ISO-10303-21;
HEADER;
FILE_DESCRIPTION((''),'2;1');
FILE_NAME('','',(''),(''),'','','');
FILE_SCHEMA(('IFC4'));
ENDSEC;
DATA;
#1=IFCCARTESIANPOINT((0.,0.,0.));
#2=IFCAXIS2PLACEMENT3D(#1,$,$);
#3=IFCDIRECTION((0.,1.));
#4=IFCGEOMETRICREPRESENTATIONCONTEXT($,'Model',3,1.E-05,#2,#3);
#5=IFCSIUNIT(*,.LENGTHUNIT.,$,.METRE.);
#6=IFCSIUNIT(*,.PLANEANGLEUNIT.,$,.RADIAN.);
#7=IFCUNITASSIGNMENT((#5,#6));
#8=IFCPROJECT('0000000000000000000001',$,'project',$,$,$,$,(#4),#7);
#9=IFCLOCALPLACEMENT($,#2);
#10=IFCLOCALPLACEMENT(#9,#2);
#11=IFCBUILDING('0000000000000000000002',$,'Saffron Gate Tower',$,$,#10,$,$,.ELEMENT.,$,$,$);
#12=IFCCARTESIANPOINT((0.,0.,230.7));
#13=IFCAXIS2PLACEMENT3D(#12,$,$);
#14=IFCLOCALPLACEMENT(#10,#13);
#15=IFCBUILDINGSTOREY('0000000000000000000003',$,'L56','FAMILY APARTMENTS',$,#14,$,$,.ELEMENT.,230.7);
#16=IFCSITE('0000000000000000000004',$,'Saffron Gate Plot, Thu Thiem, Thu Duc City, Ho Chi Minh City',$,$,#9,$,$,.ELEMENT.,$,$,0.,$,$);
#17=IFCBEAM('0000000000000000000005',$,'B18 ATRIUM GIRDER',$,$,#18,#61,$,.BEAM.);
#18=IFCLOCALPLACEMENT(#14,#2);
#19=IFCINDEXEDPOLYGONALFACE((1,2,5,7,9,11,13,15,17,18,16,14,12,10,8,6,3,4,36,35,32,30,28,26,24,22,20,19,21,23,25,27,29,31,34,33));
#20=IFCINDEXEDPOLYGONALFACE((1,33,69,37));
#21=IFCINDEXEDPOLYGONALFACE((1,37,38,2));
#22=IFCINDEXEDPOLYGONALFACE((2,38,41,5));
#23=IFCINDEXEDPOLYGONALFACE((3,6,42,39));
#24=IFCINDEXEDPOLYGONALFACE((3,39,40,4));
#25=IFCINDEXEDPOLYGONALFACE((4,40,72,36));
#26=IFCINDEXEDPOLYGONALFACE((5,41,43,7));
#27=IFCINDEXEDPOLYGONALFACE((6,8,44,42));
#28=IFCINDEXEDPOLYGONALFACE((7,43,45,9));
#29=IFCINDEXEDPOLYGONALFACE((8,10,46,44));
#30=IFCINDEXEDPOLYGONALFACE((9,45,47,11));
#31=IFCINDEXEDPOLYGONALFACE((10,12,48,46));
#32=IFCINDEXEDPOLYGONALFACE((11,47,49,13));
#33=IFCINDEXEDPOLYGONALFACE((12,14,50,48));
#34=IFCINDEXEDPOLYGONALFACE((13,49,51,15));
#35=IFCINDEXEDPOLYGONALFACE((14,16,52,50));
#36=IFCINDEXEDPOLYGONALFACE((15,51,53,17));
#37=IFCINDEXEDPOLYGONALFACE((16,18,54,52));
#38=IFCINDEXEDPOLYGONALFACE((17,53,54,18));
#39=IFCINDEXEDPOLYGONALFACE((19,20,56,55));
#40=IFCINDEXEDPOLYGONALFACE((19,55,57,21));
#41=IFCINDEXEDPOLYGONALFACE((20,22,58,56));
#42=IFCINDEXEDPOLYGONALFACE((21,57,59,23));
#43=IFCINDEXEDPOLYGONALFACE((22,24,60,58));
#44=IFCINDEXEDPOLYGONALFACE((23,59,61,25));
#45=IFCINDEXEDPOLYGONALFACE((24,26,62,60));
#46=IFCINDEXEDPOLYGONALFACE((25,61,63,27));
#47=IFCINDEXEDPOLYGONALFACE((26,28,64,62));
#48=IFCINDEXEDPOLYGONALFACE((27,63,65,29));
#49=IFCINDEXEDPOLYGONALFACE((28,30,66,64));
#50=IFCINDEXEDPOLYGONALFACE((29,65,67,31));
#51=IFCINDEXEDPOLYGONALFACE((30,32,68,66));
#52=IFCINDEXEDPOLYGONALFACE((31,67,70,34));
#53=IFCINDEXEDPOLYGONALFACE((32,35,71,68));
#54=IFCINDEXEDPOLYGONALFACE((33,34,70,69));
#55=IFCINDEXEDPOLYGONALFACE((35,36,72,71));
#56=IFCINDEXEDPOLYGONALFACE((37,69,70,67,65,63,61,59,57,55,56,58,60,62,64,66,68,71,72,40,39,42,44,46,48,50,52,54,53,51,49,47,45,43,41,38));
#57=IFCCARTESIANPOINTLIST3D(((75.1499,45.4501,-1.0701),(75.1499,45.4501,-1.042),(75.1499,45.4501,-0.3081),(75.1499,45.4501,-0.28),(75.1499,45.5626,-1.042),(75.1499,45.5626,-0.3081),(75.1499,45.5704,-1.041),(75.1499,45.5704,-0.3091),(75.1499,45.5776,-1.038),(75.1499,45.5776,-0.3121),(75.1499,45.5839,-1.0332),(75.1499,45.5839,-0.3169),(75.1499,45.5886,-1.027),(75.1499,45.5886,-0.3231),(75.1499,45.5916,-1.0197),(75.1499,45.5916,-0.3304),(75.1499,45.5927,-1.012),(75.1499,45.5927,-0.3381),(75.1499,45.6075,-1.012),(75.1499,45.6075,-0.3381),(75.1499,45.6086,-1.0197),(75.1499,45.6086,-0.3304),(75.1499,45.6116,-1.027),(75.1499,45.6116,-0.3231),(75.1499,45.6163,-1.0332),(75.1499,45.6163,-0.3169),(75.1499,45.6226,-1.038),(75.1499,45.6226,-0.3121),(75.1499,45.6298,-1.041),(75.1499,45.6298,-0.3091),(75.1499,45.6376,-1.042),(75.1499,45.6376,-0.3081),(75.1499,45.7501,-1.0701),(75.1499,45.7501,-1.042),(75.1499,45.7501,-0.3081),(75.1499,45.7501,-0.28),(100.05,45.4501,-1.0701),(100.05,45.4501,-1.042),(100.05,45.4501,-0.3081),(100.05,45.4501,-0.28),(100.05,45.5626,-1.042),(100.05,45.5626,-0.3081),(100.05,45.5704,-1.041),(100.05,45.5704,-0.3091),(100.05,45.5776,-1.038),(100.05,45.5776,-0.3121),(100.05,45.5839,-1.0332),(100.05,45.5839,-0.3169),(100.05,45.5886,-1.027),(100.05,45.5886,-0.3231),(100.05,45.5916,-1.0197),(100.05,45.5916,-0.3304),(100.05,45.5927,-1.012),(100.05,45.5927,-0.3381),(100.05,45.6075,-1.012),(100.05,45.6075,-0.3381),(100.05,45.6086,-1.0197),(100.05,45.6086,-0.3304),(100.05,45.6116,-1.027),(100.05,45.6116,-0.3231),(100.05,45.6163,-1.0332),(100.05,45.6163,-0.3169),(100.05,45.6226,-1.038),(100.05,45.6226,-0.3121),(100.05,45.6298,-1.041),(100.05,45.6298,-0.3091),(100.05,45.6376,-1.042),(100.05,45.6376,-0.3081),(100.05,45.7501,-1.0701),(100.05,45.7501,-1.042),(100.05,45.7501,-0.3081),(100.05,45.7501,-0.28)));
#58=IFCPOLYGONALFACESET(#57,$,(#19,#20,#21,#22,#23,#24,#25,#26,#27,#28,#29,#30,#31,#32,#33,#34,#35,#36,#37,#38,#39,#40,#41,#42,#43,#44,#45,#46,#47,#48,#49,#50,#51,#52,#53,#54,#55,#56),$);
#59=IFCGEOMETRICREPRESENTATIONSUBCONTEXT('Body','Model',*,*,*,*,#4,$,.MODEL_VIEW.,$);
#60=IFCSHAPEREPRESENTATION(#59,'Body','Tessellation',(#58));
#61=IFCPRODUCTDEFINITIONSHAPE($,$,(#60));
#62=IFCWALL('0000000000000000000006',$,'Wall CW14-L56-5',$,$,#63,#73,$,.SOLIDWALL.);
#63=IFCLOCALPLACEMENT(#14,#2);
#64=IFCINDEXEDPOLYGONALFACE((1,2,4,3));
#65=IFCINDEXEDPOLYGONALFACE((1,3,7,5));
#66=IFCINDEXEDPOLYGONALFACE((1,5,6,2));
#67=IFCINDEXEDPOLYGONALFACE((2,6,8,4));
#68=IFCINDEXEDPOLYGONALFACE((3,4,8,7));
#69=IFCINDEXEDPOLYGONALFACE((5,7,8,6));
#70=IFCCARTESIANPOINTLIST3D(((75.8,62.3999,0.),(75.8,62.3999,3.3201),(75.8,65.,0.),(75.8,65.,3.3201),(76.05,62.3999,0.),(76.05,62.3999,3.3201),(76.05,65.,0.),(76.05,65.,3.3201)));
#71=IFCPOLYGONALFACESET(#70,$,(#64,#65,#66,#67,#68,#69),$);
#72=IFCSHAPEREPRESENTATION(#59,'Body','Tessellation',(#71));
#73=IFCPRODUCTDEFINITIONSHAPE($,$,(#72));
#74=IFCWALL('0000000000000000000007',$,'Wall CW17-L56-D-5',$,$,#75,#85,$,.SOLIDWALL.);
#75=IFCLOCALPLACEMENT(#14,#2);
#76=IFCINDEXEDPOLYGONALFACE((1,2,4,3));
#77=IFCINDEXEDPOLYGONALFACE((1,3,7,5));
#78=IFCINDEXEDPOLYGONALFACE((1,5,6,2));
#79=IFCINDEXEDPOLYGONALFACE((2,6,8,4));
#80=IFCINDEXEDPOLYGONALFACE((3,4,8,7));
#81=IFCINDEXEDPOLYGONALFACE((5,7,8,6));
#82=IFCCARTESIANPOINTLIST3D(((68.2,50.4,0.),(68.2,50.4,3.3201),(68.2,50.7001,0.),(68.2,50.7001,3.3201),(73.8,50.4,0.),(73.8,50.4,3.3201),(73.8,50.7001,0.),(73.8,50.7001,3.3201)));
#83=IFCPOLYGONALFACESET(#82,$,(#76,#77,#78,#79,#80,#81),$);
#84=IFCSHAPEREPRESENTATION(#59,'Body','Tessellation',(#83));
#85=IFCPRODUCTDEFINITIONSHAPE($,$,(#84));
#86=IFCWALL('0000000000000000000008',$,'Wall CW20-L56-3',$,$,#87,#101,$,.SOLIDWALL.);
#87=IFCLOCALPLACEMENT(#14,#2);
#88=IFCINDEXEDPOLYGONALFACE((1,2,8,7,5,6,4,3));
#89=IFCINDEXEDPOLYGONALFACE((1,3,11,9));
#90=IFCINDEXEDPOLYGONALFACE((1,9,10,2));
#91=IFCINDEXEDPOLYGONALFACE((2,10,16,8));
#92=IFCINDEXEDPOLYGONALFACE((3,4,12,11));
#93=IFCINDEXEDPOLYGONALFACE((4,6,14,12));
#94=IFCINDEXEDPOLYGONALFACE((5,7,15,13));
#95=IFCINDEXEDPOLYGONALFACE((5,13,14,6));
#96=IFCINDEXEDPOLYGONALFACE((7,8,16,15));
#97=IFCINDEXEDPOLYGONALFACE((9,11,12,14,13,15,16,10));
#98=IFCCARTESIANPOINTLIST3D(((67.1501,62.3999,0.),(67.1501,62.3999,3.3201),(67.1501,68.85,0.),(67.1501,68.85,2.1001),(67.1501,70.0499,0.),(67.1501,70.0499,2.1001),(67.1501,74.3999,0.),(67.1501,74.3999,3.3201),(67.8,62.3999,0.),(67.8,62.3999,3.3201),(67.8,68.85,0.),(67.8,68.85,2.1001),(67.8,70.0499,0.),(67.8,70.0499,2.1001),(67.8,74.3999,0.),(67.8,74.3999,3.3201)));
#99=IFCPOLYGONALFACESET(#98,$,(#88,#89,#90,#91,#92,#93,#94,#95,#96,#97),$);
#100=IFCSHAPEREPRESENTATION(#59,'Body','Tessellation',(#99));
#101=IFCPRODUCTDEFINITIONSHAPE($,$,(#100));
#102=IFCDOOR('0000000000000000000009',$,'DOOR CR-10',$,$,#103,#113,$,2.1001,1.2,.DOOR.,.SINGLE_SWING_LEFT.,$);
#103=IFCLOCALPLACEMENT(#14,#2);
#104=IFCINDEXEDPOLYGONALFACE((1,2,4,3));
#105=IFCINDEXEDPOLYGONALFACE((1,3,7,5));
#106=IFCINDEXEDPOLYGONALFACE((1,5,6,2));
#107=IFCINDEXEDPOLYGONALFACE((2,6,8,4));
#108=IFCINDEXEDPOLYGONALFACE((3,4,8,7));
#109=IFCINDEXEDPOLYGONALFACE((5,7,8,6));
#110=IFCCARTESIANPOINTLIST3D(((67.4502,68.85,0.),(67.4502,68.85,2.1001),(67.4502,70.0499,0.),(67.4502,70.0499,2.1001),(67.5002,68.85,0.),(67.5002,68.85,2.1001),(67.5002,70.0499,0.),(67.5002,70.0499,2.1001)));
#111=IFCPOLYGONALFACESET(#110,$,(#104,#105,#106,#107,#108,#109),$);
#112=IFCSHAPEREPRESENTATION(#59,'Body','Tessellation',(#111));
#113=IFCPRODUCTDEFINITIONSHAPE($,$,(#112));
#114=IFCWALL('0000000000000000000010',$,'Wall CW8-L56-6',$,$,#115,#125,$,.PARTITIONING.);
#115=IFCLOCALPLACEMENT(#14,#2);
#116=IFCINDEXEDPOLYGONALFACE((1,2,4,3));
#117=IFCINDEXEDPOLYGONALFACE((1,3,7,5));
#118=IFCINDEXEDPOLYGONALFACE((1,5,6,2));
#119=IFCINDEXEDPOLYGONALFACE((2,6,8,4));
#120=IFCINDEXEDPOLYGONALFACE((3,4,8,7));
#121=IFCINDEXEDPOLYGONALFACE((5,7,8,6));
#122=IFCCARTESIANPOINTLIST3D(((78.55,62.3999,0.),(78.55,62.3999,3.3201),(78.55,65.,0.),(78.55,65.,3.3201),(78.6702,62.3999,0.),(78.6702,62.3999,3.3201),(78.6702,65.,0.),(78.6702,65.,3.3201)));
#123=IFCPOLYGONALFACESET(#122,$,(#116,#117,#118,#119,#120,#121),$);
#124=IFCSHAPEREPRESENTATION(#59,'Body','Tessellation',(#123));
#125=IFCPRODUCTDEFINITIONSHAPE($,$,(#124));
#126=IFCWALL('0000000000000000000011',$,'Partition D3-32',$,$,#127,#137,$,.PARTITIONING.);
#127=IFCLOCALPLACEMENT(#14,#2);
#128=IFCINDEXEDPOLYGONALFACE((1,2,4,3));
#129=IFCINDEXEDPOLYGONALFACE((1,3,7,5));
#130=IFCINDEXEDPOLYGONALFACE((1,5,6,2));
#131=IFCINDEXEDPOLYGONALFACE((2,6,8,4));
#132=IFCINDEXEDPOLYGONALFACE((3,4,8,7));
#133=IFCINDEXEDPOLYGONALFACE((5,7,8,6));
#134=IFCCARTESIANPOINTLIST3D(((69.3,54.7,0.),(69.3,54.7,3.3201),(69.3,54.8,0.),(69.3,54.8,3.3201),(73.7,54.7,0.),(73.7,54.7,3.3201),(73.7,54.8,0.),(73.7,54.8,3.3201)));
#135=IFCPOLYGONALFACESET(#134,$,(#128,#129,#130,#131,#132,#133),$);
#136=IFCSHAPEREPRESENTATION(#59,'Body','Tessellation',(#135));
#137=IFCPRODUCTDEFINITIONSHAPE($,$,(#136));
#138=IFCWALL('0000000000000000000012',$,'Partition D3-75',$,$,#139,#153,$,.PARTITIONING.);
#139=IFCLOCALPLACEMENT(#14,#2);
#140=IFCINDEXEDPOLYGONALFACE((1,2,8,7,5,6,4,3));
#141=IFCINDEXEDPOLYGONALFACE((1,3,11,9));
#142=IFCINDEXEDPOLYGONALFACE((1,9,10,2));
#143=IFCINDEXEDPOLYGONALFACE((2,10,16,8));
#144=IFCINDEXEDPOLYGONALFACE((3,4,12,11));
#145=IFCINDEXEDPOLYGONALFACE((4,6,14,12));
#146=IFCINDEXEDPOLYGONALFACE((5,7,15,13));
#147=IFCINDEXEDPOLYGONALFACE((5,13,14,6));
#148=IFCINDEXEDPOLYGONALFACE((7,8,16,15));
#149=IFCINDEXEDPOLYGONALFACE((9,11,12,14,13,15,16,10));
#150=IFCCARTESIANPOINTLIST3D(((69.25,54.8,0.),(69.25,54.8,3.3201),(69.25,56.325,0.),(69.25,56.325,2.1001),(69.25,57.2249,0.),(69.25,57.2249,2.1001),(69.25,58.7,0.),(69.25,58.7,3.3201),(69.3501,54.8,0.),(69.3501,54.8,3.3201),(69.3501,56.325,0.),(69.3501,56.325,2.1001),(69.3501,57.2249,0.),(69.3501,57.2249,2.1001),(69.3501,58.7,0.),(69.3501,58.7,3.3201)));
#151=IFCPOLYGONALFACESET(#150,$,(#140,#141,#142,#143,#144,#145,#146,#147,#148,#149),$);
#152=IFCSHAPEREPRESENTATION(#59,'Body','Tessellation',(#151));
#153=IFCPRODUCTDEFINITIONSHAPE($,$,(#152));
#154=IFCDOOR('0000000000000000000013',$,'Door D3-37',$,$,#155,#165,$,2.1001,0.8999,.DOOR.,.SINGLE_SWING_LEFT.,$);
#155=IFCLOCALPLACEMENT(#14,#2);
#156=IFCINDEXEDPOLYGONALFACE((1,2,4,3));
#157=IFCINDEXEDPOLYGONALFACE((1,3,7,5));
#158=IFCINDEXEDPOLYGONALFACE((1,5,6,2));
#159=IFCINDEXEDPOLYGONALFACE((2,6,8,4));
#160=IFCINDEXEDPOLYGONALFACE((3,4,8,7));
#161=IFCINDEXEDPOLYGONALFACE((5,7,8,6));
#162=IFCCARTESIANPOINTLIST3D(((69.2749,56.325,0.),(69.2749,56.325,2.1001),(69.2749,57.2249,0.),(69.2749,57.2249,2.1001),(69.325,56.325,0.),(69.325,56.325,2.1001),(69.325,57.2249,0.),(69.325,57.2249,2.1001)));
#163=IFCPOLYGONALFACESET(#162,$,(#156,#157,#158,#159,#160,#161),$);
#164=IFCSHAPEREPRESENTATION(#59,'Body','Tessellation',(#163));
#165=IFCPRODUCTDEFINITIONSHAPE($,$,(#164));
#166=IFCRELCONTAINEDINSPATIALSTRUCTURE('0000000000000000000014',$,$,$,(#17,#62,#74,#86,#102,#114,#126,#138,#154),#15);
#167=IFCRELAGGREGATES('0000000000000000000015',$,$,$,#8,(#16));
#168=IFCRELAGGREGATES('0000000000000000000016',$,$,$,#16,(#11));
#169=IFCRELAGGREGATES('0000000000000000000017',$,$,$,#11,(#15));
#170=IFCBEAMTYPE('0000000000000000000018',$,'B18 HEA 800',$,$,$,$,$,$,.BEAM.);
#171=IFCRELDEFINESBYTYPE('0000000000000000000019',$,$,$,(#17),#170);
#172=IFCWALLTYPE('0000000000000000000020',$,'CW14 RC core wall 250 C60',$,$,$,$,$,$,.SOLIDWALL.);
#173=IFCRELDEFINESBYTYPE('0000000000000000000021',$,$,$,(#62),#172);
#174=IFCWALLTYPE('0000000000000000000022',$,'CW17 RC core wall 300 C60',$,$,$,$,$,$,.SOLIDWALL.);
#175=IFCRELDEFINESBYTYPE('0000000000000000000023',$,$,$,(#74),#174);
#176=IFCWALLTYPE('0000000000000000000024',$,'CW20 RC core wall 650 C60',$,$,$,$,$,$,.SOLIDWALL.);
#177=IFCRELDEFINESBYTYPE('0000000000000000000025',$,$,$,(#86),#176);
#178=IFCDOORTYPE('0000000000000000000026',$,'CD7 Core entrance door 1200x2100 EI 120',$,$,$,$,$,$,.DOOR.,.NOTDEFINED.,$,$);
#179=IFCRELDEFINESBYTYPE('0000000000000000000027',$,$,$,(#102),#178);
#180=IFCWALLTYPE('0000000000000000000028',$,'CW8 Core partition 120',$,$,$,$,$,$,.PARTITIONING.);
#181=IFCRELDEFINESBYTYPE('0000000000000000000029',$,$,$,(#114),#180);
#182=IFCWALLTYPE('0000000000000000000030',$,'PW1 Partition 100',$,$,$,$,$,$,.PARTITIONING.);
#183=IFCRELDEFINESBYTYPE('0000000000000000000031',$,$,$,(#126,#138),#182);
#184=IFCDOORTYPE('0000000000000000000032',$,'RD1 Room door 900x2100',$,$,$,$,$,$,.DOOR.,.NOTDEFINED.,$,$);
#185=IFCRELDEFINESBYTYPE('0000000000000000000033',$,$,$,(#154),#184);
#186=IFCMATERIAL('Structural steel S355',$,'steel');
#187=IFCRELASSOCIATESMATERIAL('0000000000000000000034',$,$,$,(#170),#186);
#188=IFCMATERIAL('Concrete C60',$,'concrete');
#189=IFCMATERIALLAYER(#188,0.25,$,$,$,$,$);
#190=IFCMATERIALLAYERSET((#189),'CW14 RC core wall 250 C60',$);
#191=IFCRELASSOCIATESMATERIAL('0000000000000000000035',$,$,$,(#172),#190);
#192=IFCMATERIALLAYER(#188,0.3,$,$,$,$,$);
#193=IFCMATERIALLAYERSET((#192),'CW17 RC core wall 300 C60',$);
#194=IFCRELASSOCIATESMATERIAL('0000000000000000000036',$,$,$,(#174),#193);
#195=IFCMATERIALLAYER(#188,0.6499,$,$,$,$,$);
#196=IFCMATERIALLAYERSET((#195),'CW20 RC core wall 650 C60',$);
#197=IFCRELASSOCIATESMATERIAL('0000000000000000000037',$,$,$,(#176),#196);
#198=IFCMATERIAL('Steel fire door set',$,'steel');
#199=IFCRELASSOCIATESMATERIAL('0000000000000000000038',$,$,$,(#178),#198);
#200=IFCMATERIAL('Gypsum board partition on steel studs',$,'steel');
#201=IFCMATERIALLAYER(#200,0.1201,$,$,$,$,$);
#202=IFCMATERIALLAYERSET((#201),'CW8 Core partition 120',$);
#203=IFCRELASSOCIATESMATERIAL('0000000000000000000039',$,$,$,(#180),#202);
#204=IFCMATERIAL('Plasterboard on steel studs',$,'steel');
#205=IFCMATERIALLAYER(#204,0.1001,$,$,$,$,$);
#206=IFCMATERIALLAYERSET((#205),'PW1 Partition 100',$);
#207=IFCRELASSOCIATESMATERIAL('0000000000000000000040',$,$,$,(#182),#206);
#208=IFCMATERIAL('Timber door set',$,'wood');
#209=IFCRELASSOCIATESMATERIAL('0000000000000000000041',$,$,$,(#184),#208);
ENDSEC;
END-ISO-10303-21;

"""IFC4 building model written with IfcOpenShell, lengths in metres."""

from ifc_helpers import new_model, si_unit, direction, frame, frame_2d, origin, origin_2d, place, context, subcontext, project, spatial, rectangle, i_section, extrude, material, layer, layer_set, material_profile, profile_set, type_object, element, fill, save


model = new_model("IFC4")

# Units and contexts
model_context = context("Model", 3, precision=1e-05, world=origin(), true_north=direction((0.0, 1.0)))
body_context = subcontext(model_context, "Body", "Model", "MODEL_VIEW")
ifc_project = project(units=[si_unit("LENGTHUNIT", "METRE"), si_unit("PLANEANGLEUNIT", "RADIAN")], contexts=[model_context])

# Site, building, storey
site_placement = place(None, origin())
site = spatial("IfcSite", under=ifc_project, at=site_placement, Name="Saffron Gate Plot, Thu Thiem, Thu Duc City, Ho Chi Minh City", CompositionType="ELEMENT", RefElevation=0.0)
building_placement = place(site_placement, origin())
building = spatial("IfcBuilding", under=site, at=building_placement, Name="Saffron Gate Tower", CompositionType="ELEMENT")
storey_placement = place(building_placement, frame((0.0, 0.0, 230.7)))
storey = spatial("IfcBuildingStorey", under=building, at=storey_placement, Name="L56", Description="FAMILY APARTMENTS", CompositionType="ELEMENT", Elevation=230.7)

# Beam
ifc_material_1 = material(Name="Structural steel S355", Category="steel")
ifc_material_profile = material_profile(ifc_material_1, i_section(OverallWidth=0.3, OverallDepth=0.79, WebThickness=0.0149, FlangeThickness=0.0281, FilletRadius=0.03, at=origin_2d()))
ifc_profile_set = profile_set([ifc_material_profile], Name="Structural steel S355")
beam_type = type_object("IfcBeamType", Name="B18 HEA 800", PredefinedType="BEAM", material=ifc_profile_set)
beam_placement = place(storey_placement, frame((75.1499, 45.6001, -0.675), z_axis=(1.0, 0.0, 0.0), x_axis=(0.0, 1.0, 0.0)))
element("IfcBeam", 1, at=beam_placement, inside=storey, type_object=beam_type, Name="B18 ATRIUM GIRDER", PredefinedType="BEAM", context=body_context, shape_type="SweptSolid", body=[
    extrude(i_section(OverallWidth=0.3, OverallDepth=0.79, WebThickness=0.0149, FlangeThickness=0.0281, FilletRadius=0.03, at=origin_2d()), origin(), (0.0, 0.0, 1.0), 24.9001),
])

# Walls
ifc_material_2 = material(Name="Concrete C60", Category="concrete")
ifc_layer_1 = layer(ifc_material_2, 0.25)
ifc_layer_set_1 = layer_set([ifc_layer_1], Name="CW14 RC core wall 250 C60")
wall_type_1 = type_object("IfcWallType", Name="CW14 RC core wall 250 C60", PredefinedType="SOLIDWALL", material=ifc_layer_set_1)
wall_1_placement = place(storey_placement, frame((75.925, 62.3999, 0.0), z_axis=(0.0, 0.0, 1.0), x_axis=(0.0, 1.0, 0.0)))
element("IfcWall", 2, at=wall_1_placement, inside=storey, type_object=wall_type_1, Name="Wall CW14-L56-5", PredefinedType="SOLIDWALL", context=body_context, shape_type="SweptSolid", body=[
    extrude(rectangle(XDim=2.6001, YDim=0.25, at=frame_2d((1.3, 0.0))), origin(), (0.0, 0.0, 1.0), 3.3201),
])
ifc_layer_2 = layer(ifc_material_2, 0.3)
ifc_layer_set_2 = layer_set([ifc_layer_2], Name="CW17 RC core wall 300 C60")
wall_type_2 = type_object("IfcWallType", Name="CW17 RC core wall 300 C60", PredefinedType="SOLIDWALL", material=ifc_layer_set_2)
wall_2_placement = place(storey_placement, frame((68.2, 50.55, 0.0), z_axis=(0.0, 0.0, 1.0), x_axis=(1.0, 0.0, 0.0)))
element("IfcWall", 3, at=wall_2_placement, inside=storey, type_object=wall_type_2, Name="Wall CW17-L56-D-5", PredefinedType="SOLIDWALL", context=body_context, shape_type="SweptSolid", body=[
    extrude(rectangle(XDim=5.6001, YDim=0.3, at=frame_2d((2.8, 0.0))), origin(), (0.0, 0.0, 1.0), 3.3201),
])

# Wall, opening, door
ifc_layer_3 = layer(ifc_material_2, 0.6499)
ifc_layer_set_3 = layer_set([ifc_layer_3], Name="CW20 RC core wall 650 C60")
wall_type_3 = type_object("IfcWallType", Name="CW20 RC core wall 650 C60", PredefinedType="SOLIDWALL", material=ifc_layer_set_3)
wall_3_placement = place(storey_placement, frame((67.4751, 62.3999, 0.0), z_axis=(0.0, 0.0, 1.0), x_axis=(0.0, 1.0, 0.0)))
wall_3 = element("IfcWall", 4, at=wall_3_placement, inside=storey, type_object=wall_type_3, Name="Wall CW20-L56-3", PredefinedType="SOLIDWALL", context=body_context, shape_type="SweptSolid", body=[
    extrude(rectangle(XDim=12.0, YDim=0.6499, at=frame_2d((6.0, 0.0))), origin(), (0.0, 0.0, 1.0), 3.3201),
])
opening_1_placement = place(wall_3_placement, frame((6.45, 0.0, 0.0)))
opening_1 = element("IfcOpeningElement", 5, at=opening_1_placement, cuts=wall_3, PredefinedType="OPENING", context=body_context, shape_type="SweptSolid", body=[
    extrude(rectangle(XDim=1.2, YDim=2.1001, at=frame_2d((0.6001, 1.05))), frame((0.0, 0.335, 0.0), z_axis=(0.0, -1.0, 0.0), x_axis=(1.0, 0.0, 0.0)), (0.0, 0.0, 1.0), 0.6699),
])
ifc_material_3 = material(Name="Steel fire door set", Category="steel")
door_type_1 = type_object("IfcDoorType", Name="CD7 Core entrance door 1200x2100 EI 120", OperationType="NOTDEFINED", PredefinedType="DOOR", material=ifc_material_3)
door_1_placement = place(opening_1_placement, origin())
door_1 = element("IfcDoor", 6, at=door_1_placement, inside=storey, type_object=door_type_1, Name="DOOR CR-10", OperationType="SINGLE_SWING_LEFT", OverallHeight=2.1001, OverallWidth=1.2, PredefinedType="DOOR", context=body_context, shape_type="SweptSolid", body=[
    extrude(rectangle(XDim=1.2, YDim=2.1001, at=frame_2d((0.6001, 1.05))), frame((0.0, 0.0249, 0.0), z_axis=(0.0, -1.0, 0.0), x_axis=(1.0, 0.0, 0.0)), (0.0, 0.0, 1.0), 0.05),
])
fill(opening_1, door_1)

# Walls
ifc_material_4 = material(Name="Gypsum board partition on steel studs", Category="steel")
ifc_layer_4 = layer(ifc_material_4, 0.1201)
ifc_layer_set_4 = layer_set([ifc_layer_4], Name="CW8 Core partition 120")
wall_type_4 = type_object("IfcWallType", Name="CW8 Core partition 120", PredefinedType="PARTITIONING", material=ifc_layer_set_4)
wall_4_placement = place(storey_placement, frame((78.6101, 62.3999, 0.0), z_axis=(0.0, 0.0, 1.0), x_axis=(0.0, 1.0, 0.0)))
element("IfcWall", 7, at=wall_4_placement, inside=storey, type_object=wall_type_4, Name="Wall CW8-L56-6", PredefinedType="PARTITIONING", context=body_context, shape_type="SweptSolid", body=[
    extrude(rectangle(XDim=2.6001, YDim=0.1201, at=frame_2d((1.3, 0.0))), origin(), (0.0, 0.0, 1.0), 3.3201),
])
ifc_material_5 = material(Name="Plasterboard on steel studs", Category="steel")
ifc_layer_5 = layer(ifc_material_5, 0.1001)
ifc_layer_set_5 = layer_set([ifc_layer_5], Name="PW1 Partition 100")
wall_type_5 = type_object("IfcWallType", Name="PW1 Partition 100", PredefinedType="PARTITIONING", material=ifc_layer_set_5)
wall_5_placement = place(storey_placement, frame((69.3, 54.75, 0.0), z_axis=(0.0, 0.0, 1.0), x_axis=(1.0, 0.0, 0.0)))
element("IfcWall", 8, at=wall_5_placement, inside=storey, type_object=wall_type_5, Name="Partition D3-32", PredefinedType="PARTITIONING", context=body_context, shape_type="SweptSolid", body=[
    extrude(rectangle(XDim=4.3999, YDim=0.1001, at=frame_2d((2.2, 0.0))), origin(), (0.0, 0.0, 1.0), 3.3201),
])

# Wall, opening, door
wall_6_placement = place(storey_placement, frame((69.3, 58.7, 0.0), z_axis=(0.0, 0.0, 1.0), x_axis=(0.0, -1.0, 0.0)))
wall_6 = element("IfcWall", 9, at=wall_6_placement, inside=storey, type_object=wall_type_5, Name="Partition D3-75", PredefinedType="PARTITIONING", context=body_context, shape_type="SweptSolid", body=[
    extrude(rectangle(XDim=3.8999, YDim=0.1001, at=frame_2d((1.95, 0.0))), origin(), (0.0, 0.0, 1.0), 3.3201),
])
opening_2_placement = place(wall_6_placement, frame((1.4751, 0.0, 0.0)))
opening_2 = element("IfcOpeningElement", 10, at=opening_2_placement, cuts=wall_6, PredefinedType="OPENING", context=body_context, shape_type="SweptSolid", body=[
    extrude(rectangle(XDim=0.8999, YDim=2.1001, at=frame_2d((0.45, 1.05))), frame((0.0, 0.0601, 0.0), z_axis=(0.0, -1.0, 0.0), x_axis=(1.0, 0.0, 0.0)), (0.0, 0.0, 1.0), 0.1201),
])
ifc_material_6 = material(Name="Timber door set", Category="wood")
door_type_2 = type_object("IfcDoorType", Name="RD1 Room door 900x2100", OperationType="NOTDEFINED", PredefinedType="DOOR", material=ifc_material_6)
door_2_placement = place(opening_2_placement, origin())
door_2 = element("IfcDoor", 11, at=door_2_placement, inside=storey, type_object=door_type_2, Name="Door D3-37", OperationType="SINGLE_SWING_LEFT", OverallHeight=2.1001, OverallWidth=0.8999, PredefinedType="DOOR", context=body_context, shape_type="SweptSolid", body=[
    extrude(rectangle(XDim=0.8999, YDim=2.1001, at=frame_2d((0.45, 1.05))), frame((0.0, 0.0249, 0.0), z_axis=(0.0, -1.0, 0.0), x_axis=(1.0, 0.0, 0.0)), (0.0, 0.0, 1.0), 0.05),
])
fill(opening_2, door_2)

save(model, "model.ifc")
